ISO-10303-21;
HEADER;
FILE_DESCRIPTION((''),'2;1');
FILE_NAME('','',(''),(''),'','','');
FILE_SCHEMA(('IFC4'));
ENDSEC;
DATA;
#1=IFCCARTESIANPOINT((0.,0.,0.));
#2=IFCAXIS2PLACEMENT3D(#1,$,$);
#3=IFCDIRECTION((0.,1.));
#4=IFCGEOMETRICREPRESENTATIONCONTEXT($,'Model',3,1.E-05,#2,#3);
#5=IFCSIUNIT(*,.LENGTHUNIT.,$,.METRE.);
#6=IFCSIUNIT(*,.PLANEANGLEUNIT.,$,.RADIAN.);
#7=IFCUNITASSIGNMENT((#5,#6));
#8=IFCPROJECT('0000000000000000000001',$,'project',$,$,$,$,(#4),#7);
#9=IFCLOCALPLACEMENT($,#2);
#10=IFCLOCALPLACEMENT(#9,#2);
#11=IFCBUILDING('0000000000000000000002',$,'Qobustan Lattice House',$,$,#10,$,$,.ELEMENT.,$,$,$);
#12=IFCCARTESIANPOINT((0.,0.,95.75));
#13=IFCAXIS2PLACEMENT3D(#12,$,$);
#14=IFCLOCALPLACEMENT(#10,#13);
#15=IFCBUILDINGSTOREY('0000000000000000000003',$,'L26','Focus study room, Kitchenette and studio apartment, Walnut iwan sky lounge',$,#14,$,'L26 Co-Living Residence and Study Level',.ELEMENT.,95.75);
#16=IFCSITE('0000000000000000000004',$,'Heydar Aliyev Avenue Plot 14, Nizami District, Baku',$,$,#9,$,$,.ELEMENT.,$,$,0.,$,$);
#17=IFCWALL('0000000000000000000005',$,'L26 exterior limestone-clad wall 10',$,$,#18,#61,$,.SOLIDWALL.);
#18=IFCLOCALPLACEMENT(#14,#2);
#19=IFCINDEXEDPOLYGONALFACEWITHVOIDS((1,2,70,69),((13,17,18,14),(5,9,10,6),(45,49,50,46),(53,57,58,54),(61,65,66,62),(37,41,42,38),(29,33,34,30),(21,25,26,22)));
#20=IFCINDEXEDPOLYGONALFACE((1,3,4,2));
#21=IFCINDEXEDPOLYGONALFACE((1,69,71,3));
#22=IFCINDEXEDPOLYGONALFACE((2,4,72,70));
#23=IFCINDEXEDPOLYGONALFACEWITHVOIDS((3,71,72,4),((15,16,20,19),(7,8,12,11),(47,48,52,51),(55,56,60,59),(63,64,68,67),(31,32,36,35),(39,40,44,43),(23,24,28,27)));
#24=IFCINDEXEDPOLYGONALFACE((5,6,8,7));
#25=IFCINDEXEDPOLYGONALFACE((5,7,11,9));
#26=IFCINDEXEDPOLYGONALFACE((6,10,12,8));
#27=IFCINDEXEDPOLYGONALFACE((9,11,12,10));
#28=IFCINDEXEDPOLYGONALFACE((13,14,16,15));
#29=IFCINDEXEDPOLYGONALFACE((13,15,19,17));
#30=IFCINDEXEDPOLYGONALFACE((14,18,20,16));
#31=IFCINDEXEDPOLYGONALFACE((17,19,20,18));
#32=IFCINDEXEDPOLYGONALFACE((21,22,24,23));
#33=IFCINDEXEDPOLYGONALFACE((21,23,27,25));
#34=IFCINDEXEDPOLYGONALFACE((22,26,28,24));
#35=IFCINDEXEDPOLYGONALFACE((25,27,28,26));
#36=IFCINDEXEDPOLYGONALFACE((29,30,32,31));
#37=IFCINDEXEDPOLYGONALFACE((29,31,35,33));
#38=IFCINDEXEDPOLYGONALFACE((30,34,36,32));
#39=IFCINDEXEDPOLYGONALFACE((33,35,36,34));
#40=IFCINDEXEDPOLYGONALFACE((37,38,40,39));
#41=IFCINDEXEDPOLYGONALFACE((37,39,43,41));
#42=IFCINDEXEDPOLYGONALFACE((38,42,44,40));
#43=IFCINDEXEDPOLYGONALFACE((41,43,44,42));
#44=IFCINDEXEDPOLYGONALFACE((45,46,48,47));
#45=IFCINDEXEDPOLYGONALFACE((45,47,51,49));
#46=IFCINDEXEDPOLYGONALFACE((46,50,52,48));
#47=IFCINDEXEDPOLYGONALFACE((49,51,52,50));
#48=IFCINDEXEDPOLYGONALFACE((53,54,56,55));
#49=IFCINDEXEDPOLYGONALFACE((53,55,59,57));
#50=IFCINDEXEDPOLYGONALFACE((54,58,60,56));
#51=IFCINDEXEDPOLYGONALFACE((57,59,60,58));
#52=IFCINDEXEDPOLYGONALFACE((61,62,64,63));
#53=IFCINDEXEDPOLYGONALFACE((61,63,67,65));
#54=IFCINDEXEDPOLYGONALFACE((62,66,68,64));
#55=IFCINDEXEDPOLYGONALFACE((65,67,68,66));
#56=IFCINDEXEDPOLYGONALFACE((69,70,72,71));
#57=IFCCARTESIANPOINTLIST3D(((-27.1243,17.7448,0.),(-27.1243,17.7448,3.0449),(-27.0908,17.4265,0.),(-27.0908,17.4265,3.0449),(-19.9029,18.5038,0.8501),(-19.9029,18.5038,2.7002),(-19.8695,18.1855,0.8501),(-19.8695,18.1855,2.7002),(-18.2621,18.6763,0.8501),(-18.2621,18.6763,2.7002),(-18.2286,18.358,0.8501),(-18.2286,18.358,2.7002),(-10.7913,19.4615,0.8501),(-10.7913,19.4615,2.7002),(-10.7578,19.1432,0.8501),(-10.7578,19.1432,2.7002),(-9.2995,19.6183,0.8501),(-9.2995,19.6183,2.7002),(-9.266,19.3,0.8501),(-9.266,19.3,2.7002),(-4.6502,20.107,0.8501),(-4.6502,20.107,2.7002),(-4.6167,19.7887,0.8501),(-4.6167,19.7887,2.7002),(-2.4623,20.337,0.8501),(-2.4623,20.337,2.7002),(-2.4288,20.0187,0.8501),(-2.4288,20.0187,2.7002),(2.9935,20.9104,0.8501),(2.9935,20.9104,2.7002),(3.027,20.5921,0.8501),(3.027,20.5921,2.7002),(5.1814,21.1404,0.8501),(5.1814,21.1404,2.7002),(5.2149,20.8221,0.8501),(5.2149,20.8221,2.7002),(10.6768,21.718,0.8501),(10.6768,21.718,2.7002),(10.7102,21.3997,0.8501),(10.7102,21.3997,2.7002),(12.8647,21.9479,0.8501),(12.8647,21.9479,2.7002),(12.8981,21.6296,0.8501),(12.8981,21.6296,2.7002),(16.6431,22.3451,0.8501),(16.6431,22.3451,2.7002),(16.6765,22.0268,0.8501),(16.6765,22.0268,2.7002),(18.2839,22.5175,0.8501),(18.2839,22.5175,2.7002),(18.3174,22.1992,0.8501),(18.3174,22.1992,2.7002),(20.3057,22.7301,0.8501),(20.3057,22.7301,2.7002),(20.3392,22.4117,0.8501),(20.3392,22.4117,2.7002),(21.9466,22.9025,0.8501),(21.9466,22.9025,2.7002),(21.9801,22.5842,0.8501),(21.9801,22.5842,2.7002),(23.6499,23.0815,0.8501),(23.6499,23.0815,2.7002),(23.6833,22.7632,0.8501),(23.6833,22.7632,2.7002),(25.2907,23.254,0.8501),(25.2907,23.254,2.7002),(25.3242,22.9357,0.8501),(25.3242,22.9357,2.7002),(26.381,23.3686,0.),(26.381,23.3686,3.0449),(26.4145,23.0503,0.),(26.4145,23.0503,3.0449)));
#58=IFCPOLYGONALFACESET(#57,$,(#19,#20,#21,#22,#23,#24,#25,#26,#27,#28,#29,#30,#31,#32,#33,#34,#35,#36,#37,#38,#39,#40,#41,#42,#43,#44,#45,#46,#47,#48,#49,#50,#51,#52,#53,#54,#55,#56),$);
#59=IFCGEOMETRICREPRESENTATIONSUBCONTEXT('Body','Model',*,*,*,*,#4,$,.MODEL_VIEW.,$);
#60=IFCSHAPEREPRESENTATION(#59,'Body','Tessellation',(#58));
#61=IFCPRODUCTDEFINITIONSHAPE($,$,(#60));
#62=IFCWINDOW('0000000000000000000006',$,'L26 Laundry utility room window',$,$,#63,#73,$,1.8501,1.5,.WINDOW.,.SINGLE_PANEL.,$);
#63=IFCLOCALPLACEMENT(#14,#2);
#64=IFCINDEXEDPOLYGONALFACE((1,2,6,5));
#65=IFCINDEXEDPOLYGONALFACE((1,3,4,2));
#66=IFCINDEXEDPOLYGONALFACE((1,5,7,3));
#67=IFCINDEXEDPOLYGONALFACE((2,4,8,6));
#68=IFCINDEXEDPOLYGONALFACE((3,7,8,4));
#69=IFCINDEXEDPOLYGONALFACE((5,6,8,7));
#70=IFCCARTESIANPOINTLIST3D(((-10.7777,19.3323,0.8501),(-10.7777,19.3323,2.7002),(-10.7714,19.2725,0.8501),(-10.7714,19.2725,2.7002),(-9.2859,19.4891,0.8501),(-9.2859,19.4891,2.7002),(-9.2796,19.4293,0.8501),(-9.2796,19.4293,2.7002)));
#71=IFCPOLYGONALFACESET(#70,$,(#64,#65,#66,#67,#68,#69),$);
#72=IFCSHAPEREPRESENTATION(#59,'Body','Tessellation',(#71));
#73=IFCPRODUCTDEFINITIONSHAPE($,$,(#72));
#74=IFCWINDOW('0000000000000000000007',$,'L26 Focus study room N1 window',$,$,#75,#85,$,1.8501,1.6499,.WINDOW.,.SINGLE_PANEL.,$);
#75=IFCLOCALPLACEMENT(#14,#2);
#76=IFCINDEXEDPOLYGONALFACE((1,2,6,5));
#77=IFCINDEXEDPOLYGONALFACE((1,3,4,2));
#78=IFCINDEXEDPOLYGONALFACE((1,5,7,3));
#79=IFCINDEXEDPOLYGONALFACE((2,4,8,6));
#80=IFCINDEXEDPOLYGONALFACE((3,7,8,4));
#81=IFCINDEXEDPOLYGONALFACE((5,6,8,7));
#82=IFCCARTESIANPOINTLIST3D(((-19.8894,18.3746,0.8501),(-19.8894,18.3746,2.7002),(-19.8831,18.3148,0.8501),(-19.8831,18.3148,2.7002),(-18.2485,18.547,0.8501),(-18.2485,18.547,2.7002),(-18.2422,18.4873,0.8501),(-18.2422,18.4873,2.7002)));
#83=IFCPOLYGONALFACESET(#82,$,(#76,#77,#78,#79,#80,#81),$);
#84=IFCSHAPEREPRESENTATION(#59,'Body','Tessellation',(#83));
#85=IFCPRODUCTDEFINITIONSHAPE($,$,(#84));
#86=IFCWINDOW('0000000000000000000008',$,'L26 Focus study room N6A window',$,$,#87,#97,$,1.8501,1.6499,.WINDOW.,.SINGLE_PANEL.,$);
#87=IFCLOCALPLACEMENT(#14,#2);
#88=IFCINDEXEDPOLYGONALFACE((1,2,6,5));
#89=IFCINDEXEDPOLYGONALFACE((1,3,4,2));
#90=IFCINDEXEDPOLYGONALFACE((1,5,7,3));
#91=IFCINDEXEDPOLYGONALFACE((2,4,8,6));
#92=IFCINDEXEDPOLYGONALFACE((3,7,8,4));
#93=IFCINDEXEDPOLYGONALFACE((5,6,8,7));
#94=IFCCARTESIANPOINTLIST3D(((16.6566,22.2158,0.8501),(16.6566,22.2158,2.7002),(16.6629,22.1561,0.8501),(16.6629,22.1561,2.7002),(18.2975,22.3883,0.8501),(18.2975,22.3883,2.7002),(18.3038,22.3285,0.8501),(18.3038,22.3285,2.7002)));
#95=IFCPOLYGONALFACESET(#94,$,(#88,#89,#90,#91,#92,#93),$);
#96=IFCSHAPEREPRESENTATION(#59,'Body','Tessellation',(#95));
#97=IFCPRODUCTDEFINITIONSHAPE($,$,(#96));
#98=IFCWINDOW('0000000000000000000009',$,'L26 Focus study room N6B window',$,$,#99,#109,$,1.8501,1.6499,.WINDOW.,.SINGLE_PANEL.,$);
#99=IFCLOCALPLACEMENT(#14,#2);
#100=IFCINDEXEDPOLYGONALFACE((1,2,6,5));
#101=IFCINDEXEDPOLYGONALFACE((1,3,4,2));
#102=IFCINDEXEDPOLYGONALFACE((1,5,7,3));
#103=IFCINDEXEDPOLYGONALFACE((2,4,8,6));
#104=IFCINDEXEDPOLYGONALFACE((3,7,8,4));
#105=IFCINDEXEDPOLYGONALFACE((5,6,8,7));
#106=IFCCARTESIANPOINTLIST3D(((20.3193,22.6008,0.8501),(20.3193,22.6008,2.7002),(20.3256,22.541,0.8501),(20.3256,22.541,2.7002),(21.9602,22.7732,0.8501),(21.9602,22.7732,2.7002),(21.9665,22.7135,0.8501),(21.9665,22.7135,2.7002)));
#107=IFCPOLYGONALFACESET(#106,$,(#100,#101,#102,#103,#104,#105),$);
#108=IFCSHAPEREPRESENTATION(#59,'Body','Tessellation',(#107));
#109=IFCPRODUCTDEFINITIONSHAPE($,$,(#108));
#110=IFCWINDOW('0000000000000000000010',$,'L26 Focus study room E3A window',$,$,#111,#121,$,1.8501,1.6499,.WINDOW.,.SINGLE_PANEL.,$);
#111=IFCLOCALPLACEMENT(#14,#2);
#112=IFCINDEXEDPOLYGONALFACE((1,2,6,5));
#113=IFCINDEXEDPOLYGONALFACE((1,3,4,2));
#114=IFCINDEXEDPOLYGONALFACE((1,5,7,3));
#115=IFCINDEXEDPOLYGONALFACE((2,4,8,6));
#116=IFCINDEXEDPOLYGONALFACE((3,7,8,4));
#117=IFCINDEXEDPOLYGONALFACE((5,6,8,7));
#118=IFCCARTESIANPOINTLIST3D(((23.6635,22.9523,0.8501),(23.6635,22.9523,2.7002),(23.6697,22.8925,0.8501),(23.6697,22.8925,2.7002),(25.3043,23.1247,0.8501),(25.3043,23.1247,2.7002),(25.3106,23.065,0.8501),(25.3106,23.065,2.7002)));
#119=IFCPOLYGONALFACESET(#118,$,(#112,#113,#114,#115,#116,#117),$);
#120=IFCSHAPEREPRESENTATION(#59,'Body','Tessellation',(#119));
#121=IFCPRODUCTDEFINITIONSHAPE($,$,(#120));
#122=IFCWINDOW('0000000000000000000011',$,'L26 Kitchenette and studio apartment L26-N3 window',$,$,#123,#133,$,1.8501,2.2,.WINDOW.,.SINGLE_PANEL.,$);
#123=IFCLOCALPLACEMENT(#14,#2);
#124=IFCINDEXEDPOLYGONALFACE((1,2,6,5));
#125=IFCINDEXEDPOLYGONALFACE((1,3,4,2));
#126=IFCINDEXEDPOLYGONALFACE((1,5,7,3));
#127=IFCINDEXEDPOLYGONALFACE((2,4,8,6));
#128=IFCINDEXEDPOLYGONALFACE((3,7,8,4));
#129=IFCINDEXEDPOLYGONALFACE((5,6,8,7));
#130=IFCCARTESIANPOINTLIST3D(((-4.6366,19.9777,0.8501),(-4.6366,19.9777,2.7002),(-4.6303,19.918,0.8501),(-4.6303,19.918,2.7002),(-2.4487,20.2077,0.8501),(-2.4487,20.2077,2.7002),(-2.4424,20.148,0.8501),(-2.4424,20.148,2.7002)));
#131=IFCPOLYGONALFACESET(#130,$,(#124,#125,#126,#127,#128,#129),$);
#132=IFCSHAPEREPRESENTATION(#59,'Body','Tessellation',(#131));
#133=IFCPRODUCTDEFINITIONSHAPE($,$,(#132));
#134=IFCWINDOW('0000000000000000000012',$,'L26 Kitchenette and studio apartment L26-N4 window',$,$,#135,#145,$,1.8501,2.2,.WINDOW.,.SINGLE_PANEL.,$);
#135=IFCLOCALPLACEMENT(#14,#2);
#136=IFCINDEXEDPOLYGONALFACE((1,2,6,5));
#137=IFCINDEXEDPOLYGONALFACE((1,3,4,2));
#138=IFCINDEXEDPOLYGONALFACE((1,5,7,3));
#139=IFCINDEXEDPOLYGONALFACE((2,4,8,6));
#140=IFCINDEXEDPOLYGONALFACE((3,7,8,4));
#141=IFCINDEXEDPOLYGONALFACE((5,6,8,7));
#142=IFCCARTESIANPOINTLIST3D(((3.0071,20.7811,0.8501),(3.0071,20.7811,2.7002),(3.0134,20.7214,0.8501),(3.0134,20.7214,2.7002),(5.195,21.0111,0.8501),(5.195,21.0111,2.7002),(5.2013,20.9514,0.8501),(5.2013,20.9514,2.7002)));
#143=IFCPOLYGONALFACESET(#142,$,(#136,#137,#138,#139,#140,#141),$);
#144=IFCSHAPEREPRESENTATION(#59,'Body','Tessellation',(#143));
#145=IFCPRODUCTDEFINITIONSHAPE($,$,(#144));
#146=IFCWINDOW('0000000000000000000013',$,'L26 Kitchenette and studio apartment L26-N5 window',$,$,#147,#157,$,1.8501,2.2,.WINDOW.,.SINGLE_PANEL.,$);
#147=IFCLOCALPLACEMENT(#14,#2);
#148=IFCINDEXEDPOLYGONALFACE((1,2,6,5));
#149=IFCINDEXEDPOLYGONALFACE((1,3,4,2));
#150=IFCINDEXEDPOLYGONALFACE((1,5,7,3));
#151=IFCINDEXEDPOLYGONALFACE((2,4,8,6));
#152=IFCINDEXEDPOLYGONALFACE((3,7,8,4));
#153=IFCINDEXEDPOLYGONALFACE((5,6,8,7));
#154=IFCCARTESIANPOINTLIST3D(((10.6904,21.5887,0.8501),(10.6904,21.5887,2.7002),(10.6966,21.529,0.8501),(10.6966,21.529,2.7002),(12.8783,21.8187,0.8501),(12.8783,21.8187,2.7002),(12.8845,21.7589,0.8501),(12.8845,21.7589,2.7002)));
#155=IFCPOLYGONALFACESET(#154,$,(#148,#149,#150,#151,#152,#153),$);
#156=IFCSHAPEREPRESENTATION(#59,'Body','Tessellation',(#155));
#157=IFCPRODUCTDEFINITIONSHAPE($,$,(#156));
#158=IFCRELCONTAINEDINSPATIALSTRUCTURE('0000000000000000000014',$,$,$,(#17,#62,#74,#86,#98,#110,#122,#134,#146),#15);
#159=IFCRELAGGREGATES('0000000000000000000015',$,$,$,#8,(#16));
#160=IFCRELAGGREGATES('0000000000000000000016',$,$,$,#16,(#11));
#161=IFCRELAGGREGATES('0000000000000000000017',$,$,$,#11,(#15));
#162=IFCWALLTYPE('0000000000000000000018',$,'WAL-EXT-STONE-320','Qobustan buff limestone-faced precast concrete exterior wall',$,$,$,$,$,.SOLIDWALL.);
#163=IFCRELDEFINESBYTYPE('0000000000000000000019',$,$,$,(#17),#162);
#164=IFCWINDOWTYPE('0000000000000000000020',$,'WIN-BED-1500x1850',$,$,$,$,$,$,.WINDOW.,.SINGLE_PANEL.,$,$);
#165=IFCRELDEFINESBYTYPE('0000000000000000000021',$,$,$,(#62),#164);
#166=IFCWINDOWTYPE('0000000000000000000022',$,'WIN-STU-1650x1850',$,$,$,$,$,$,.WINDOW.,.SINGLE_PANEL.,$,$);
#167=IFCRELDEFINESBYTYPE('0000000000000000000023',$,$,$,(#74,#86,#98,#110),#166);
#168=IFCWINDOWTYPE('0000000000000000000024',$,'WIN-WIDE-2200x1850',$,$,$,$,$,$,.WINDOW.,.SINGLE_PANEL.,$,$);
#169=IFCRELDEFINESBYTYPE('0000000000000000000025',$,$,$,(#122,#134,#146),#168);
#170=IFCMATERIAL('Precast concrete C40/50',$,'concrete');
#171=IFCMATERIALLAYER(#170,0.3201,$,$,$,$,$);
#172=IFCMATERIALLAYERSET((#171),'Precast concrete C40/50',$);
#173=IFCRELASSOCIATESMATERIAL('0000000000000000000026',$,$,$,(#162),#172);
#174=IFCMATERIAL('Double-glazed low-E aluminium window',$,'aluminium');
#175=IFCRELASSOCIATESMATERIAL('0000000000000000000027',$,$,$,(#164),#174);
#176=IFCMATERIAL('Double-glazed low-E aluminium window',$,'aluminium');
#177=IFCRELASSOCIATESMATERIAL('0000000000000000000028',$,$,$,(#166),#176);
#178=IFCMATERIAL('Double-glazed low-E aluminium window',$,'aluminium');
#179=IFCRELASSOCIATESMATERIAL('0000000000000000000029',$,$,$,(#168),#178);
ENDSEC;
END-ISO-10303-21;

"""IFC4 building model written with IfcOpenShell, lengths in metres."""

from ifc_helpers import new_model, si_unit, direction, frame, frame_2d, origin, place, context, subcontext, project, spatial, rectangle, extrude, material, layer, layer_set, type_object, element, fill, save


model = new_model("IFC4")

# Units and contexts
model_context = context("Model", 3, precision=1e-05, world=origin(), true_north=direction((0.0, 1.0)))
body_context = subcontext(model_context, "Body", "Model", "MODEL_VIEW")
ifc_project = project(units=[si_unit("LENGTHUNIT", "METRE"), si_unit("PLANEANGLEUNIT", "RADIAN")], contexts=[model_context])

# Site, building, storey
site_placement = place(None, origin())
site = spatial("IfcSite", under=ifc_project, at=site_placement, Name="Heydar Aliyev Avenue Plot 14, Nizami District, Baku", CompositionType="ELEMENT", RefElevation=0.0)
building_placement = place(site_placement, origin())
building = spatial("IfcBuilding", under=site, at=building_placement, Name="Qobustan Lattice House", CompositionType="ELEMENT")
storey_placement = place(building_placement, frame((0.0, 0.0, 95.75)))
storey = spatial("IfcBuildingStorey", under=building, at=storey_placement, Name="L26", Description="Focus study room, Kitchenette and studio apartment, Walnut iwan sky lounge", LongName="L26 Co-Living Residence and Study Level", CompositionType="ELEMENT", Elevation=95.75)

# Shared definitions
ifc_material_1 = material(Name="Precast concrete C40/50", Category="concrete")
ifc_layer_1 = layer(ifc_material_1, 0.3201)
ifc_layer_set_1 = layer_set([ifc_layer_1], Name="Precast concrete C40/50")
wall_type = type_object("IfcWallType", Name="WAL-EXT-STONE-320", Description="Qobustan buff limestone-faced precast concrete exterior wall", PredefinedType="SOLIDWALL", material=ifc_layer_set_1)

# Wall, openings, windows
wall_placement = place(storey_placement, frame((-27.1074, 17.5857, 0.0), z_axis=(0.0, 0.0, 1.0), x_axis=(0.994522, 0.104531, 0.0)))
wall = element("IfcWall", 1, at=wall_placement, inside=storey, type_object=wall_type, Name="L26 exterior limestone-clad wall 10", PredefinedType="SOLIDWALL", context=body_context, shape_type="SweptSolid", body=[
    extrude(rectangle(XDim=53.8, YDim=0.3201, at=frame_2d((26.8999, 0.0))), origin(), (0.0, 0.0, 1.0), 3.0449),
])
opening_1_placement = place(wall_placement, frame((7.261, 0.0, 0.8501)))
opening_1 = element("IfcOpeningElement", 2, at=opening_1_placement, cuts=wall, PredefinedType="OPENING", context=body_context, shape_type="SweptSolid", body=[
    extrude(rectangle(XDim=1.6499, YDim=1.8501, at=frame_2d((0.825, 0.925))), frame((0.0, 0.1699, 0.0), z_axis=(0.0, -1.0, 0.0), x_axis=(1.0, 0.0, 0.0)), (0.0, 0.0, 1.0), 0.3401),
])
opening_2_placement = place(wall_placement, frame((16.4229, 0.0, 0.8501)))
opening_2 = element("IfcOpeningElement", 3, at=opening_2_placement, cuts=wall, PredefinedType="OPENING", context=body_context, shape_type="SweptSolid", body=[
    extrude(rectangle(XDim=1.5, YDim=1.8501, at=frame_2d((0.75, 0.925))), frame((0.0, 0.1699, 0.0), z_axis=(0.0, -1.0, 0.0), x_axis=(1.0, 0.0, 0.0)), (0.0, 0.0, 1.0), 0.3401),
])
opening_3_placement = place(wall_placement, frame((22.5977, 0.0, 0.8501)))
opening_3 = element("IfcOpeningElement", 4, at=opening_3_placement, cuts=wall, PredefinedType="OPENING", context=body_context, shape_type="SweptSolid", body=[
    extrude(rectangle(XDim=2.2, YDim=1.8501, at=frame_2d((1.1001, 0.925))), frame((0.0, 0.1699, 0.0), z_axis=(0.0, -1.0, 0.0), x_axis=(1.0, 0.0, 0.0)), (0.0, 0.0, 1.0), 0.3401),
])
opening_4_placement = place(wall_placement, frame((30.2834, 0.0, 0.8501)))
opening_4 = element("IfcOpeningElement", 5, at=opening_4_placement, cuts=wall, PredefinedType="OPENING", context=body_context, shape_type="SweptSolid", body=[
    extrude(rectangle(XDim=2.2, YDim=1.8501, at=frame_2d((1.1001, 0.925))), frame((0.0, 0.1699, 0.0), z_axis=(0.0, -1.0, 0.0), x_axis=(1.0, 0.0, 0.0)), (0.0, 0.0, 1.0), 0.3401),
])
opening_5_placement = place(wall_placement, frame((38.009, 0.0, 0.8501)))
opening_5 = element("IfcOpeningElement", 6, at=opening_5_placement, cuts=wall, PredefinedType="OPENING", context=body_context, shape_type="SweptSolid", body=[
    extrude(rectangle(XDim=2.2, YDim=1.8501, at=frame_2d((1.1001, 0.925))), frame((0.0, 0.1699, 0.0), z_axis=(0.0, -1.0, 0.0), x_axis=(1.0, 0.0, 0.0)), (0.0, 0.0, 1.0), 0.3401),
])
opening_6_placement = place(wall_placement, frame((44.0083, 0.0, 0.8501)))
opening_6 = element("IfcOpeningElement", 7, at=opening_6_placement, cuts=wall, PredefinedType="OPENING", context=body_context, shape_type="SweptSolid", body=[
    extrude(rectangle(XDim=1.6499, YDim=1.8501, at=frame_2d((0.825, 0.925))), frame((0.0, 0.1699, 0.0), z_axis=(0.0, -1.0, 0.0), x_axis=(1.0, 0.0, 0.0)), (0.0, 0.0, 1.0), 0.3401),
])
opening_7_placement = place(wall_placement, frame((47.6912, 0.0, 0.8501)))
opening_7 = element("IfcOpeningElement", 8, at=opening_7_placement, cuts=wall, PredefinedType="OPENING", context=body_context, shape_type="SweptSolid", body=[
    extrude(rectangle(XDim=1.6499, YDim=1.8501, at=frame_2d((0.825, 0.925))), frame((0.0, 0.1699, 0.0), z_axis=(0.0, -1.0, 0.0), x_axis=(1.0, 0.0, 0.0)), (0.0, 0.0, 1.0), 0.3401),
])
opening_8_placement = place(wall_placement, frame((51.0537, 0.0, 0.8501)))
opening_8 = element("IfcOpeningElement", 9, at=opening_8_placement, cuts=wall, PredefinedType="OPENING", context=body_context, shape_type="SweptSolid", body=[
    extrude(rectangle(XDim=1.6499, YDim=1.8501, at=frame_2d((0.825, 0.925))), frame((0.0, 0.1699, 0.0), z_axis=(0.0, -1.0, 0.0), x_axis=(1.0, 0.0, 0.0)), (0.0, 0.0, 1.0), 0.3401),
])
ifc_material_2 = material(Name="Double-glazed low-E aluminium window", Category="aluminium")
window_type_1 = type_object("IfcWindowType", Name="WIN-BED-1500x1850", PartitioningType="SINGLE_PANEL", PredefinedType="WINDOW", material=ifc_material_2)
window_1_placement = place(opening_2_placement, origin())
window_1 = element("IfcWindow", 10, at=window_1_placement, inside=storey, type_object=window_type_1, Name="L26 Laundry utility room window", OverallHeight=1.8501, OverallWidth=1.5, PartitioningType="SINGLE_PANEL", PredefinedType="WINDOW", context=body_context, shape_type="SweptSolid", body=[
    extrude(rectangle(XDim=1.5, YDim=1.8501, at=frame_2d((0.75, 0.925))), frame((0.0, 0.03, 0.0), z_axis=(0.0, -1.0, 0.0), x_axis=(1.0, 0.0, 0.0)), (0.0, 0.0, 1.0), 0.0601),
])
fill(opening_2, window_1)
ifc_material_3 = material(Name="Double-glazed low-E aluminium window", Category="aluminium")
window_type_2 = type_object("IfcWindowType", Name="WIN-STU-1650x1850", PartitioningType="SINGLE_PANEL", PredefinedType="WINDOW", material=ifc_material_3)
window_2_placement = place(opening_1_placement, origin())
window_2 = element("IfcWindow", 11, at=window_2_placement, inside=storey, type_object=window_type_2, Name="L26 Focus study room N1 window", OverallHeight=1.8501, OverallWidth=1.6499, PartitioningType="SINGLE_PANEL", PredefinedType="WINDOW", context=body_context, shape_type="SweptSolid", body=[
    extrude(rectangle(XDim=1.6499, YDim=1.8501, at=frame_2d((0.825, 0.925))), frame((0.0, 0.03, 0.0), z_axis=(0.0, -1.0, 0.0), x_axis=(1.0, 0.0, 0.0)), (0.0, 0.0, 1.0), 0.0601),
])
fill(opening_1, window_2)
window_3_placement = place(opening_6_placement, origin())
window_3 = element("IfcWindow", 12, at=window_3_placement, inside=storey, type_object=window_type_2, Name="L26 Focus study room N6A window", OverallHeight=1.8501, OverallWidth=1.6499, PartitioningType="SINGLE_PANEL", PredefinedType="WINDOW", context=body_context, shape_type="SweptSolid", body=[
    extrude(rectangle(XDim=1.6499, YDim=1.8501, at=frame_2d((0.825, 0.925))), frame((0.0, 0.03, 0.0), z_axis=(0.0, -1.0, 0.0), x_axis=(1.0, 0.0, 0.0)), (0.0, 0.0, 1.0), 0.0601),
])
fill(opening_6, window_3)
window_4_placement = place(opening_7_placement, origin())
window_4 = element("IfcWindow", 13, at=window_4_placement, inside=storey, type_object=window_type_2, Name="L26 Focus study room N6B window", OverallHeight=1.8501, OverallWidth=1.6499, PartitioningType="SINGLE_PANEL", PredefinedType="WINDOW", context=body_context, shape_type="SweptSolid", body=[
    extrude(rectangle(XDim=1.6499, YDim=1.8501, at=frame_2d((0.825, 0.925))), frame((0.0, 0.03, 0.0), z_axis=(0.0, -1.0, 0.0), x_axis=(1.0, 0.0, 0.0)), (0.0, 0.0, 1.0), 0.0601),
])
fill(opening_7, window_4)
window_5_placement = place(opening_8_placement, origin())
window_5 = element("IfcWindow", 14, at=window_5_placement, inside=storey, type_object=window_type_2, Name="L26 Focus study room E3A window", OverallHeight=1.8501, OverallWidth=1.6499, PartitioningType="SINGLE_PANEL", PredefinedType="WINDOW", context=body_context, shape_type="SweptSolid", body=[
    extrude(rectangle(XDim=1.6499, YDim=1.8501, at=frame_2d((0.825, 0.925))), frame((0.0, 0.03, 0.0), z_axis=(0.0, -1.0, 0.0), x_axis=(1.0, 0.0, 0.0)), (0.0, 0.0, 1.0), 0.0601),
])
fill(opening_8, window_5)
ifc_material_4 = material(Name="Double-glazed low-E aluminium window", Category="aluminium")
window_type_3 = type_object("IfcWindowType", Name="WIN-WIDE-2200x1850", PartitioningType="SINGLE_PANEL", PredefinedType="WINDOW", material=ifc_material_4)
window_6_placement = place(opening_3_placement, origin())
window_6 = element("IfcWindow", 15, at=window_6_placement, inside=storey, type_object=window_type_3, Name="L26 Kitchenette and studio apartment L26-N3 window", OverallHeight=1.8501, OverallWidth=2.2, PartitioningType="SINGLE_PANEL", PredefinedType="WINDOW", context=body_context, shape_type="SweptSolid", body=[
    extrude(rectangle(XDim=2.2, YDim=1.8501, at=frame_2d((1.1001, 0.925))), frame((0.0, 0.03, 0.0), z_axis=(0.0, -1.0, 0.0), x_axis=(1.0, 0.0, 0.0)), (0.0, 0.0, 1.0), 0.0601),
])
fill(opening_3, window_6)
window_7_placement = place(opening_4_placement, origin())
window_7 = element("IfcWindow", 16, at=window_7_placement, inside=storey, type_object=window_type_3, Name="L26 Kitchenette and studio apartment L26-N4 window", OverallHeight=1.8501, OverallWidth=2.2, PartitioningType="SINGLE_PANEL", PredefinedType="WINDOW", context=body_context, shape_type="SweptSolid", body=[
    extrude(rectangle(XDim=2.2, YDim=1.8501, at=frame_2d((1.1001, 0.925))), frame((0.0, 0.03, 0.0), z_axis=(0.0, -1.0, 0.0), x_axis=(1.0, 0.0, 0.0)), (0.0, 0.0, 1.0), 0.0601),
])
fill(opening_4, window_7)
window_8_placement = place(opening_5_placement, origin())
window_8 = element("IfcWindow", 17, at=window_8_placement, inside=storey, type_object=window_type_3, Name="L26 Kitchenette and studio apartment L26-N5 window", OverallHeight=1.8501, OverallWidth=2.2, PartitioningType="SINGLE_PANEL", PredefinedType="WINDOW", context=body_context, shape_type="SweptSolid", body=[
    extrude(rectangle(XDim=2.2, YDim=1.8501, at=frame_2d((1.1001, 0.925))), frame((0.0, 0.03, 0.0), z_axis=(0.0, -1.0, 0.0), x_axis=(1.0, 0.0, 0.0)), (0.0, 0.0, 1.0), 0.0601),
])
fill(opening_5, window_8)

save(model, "model.ifc")
